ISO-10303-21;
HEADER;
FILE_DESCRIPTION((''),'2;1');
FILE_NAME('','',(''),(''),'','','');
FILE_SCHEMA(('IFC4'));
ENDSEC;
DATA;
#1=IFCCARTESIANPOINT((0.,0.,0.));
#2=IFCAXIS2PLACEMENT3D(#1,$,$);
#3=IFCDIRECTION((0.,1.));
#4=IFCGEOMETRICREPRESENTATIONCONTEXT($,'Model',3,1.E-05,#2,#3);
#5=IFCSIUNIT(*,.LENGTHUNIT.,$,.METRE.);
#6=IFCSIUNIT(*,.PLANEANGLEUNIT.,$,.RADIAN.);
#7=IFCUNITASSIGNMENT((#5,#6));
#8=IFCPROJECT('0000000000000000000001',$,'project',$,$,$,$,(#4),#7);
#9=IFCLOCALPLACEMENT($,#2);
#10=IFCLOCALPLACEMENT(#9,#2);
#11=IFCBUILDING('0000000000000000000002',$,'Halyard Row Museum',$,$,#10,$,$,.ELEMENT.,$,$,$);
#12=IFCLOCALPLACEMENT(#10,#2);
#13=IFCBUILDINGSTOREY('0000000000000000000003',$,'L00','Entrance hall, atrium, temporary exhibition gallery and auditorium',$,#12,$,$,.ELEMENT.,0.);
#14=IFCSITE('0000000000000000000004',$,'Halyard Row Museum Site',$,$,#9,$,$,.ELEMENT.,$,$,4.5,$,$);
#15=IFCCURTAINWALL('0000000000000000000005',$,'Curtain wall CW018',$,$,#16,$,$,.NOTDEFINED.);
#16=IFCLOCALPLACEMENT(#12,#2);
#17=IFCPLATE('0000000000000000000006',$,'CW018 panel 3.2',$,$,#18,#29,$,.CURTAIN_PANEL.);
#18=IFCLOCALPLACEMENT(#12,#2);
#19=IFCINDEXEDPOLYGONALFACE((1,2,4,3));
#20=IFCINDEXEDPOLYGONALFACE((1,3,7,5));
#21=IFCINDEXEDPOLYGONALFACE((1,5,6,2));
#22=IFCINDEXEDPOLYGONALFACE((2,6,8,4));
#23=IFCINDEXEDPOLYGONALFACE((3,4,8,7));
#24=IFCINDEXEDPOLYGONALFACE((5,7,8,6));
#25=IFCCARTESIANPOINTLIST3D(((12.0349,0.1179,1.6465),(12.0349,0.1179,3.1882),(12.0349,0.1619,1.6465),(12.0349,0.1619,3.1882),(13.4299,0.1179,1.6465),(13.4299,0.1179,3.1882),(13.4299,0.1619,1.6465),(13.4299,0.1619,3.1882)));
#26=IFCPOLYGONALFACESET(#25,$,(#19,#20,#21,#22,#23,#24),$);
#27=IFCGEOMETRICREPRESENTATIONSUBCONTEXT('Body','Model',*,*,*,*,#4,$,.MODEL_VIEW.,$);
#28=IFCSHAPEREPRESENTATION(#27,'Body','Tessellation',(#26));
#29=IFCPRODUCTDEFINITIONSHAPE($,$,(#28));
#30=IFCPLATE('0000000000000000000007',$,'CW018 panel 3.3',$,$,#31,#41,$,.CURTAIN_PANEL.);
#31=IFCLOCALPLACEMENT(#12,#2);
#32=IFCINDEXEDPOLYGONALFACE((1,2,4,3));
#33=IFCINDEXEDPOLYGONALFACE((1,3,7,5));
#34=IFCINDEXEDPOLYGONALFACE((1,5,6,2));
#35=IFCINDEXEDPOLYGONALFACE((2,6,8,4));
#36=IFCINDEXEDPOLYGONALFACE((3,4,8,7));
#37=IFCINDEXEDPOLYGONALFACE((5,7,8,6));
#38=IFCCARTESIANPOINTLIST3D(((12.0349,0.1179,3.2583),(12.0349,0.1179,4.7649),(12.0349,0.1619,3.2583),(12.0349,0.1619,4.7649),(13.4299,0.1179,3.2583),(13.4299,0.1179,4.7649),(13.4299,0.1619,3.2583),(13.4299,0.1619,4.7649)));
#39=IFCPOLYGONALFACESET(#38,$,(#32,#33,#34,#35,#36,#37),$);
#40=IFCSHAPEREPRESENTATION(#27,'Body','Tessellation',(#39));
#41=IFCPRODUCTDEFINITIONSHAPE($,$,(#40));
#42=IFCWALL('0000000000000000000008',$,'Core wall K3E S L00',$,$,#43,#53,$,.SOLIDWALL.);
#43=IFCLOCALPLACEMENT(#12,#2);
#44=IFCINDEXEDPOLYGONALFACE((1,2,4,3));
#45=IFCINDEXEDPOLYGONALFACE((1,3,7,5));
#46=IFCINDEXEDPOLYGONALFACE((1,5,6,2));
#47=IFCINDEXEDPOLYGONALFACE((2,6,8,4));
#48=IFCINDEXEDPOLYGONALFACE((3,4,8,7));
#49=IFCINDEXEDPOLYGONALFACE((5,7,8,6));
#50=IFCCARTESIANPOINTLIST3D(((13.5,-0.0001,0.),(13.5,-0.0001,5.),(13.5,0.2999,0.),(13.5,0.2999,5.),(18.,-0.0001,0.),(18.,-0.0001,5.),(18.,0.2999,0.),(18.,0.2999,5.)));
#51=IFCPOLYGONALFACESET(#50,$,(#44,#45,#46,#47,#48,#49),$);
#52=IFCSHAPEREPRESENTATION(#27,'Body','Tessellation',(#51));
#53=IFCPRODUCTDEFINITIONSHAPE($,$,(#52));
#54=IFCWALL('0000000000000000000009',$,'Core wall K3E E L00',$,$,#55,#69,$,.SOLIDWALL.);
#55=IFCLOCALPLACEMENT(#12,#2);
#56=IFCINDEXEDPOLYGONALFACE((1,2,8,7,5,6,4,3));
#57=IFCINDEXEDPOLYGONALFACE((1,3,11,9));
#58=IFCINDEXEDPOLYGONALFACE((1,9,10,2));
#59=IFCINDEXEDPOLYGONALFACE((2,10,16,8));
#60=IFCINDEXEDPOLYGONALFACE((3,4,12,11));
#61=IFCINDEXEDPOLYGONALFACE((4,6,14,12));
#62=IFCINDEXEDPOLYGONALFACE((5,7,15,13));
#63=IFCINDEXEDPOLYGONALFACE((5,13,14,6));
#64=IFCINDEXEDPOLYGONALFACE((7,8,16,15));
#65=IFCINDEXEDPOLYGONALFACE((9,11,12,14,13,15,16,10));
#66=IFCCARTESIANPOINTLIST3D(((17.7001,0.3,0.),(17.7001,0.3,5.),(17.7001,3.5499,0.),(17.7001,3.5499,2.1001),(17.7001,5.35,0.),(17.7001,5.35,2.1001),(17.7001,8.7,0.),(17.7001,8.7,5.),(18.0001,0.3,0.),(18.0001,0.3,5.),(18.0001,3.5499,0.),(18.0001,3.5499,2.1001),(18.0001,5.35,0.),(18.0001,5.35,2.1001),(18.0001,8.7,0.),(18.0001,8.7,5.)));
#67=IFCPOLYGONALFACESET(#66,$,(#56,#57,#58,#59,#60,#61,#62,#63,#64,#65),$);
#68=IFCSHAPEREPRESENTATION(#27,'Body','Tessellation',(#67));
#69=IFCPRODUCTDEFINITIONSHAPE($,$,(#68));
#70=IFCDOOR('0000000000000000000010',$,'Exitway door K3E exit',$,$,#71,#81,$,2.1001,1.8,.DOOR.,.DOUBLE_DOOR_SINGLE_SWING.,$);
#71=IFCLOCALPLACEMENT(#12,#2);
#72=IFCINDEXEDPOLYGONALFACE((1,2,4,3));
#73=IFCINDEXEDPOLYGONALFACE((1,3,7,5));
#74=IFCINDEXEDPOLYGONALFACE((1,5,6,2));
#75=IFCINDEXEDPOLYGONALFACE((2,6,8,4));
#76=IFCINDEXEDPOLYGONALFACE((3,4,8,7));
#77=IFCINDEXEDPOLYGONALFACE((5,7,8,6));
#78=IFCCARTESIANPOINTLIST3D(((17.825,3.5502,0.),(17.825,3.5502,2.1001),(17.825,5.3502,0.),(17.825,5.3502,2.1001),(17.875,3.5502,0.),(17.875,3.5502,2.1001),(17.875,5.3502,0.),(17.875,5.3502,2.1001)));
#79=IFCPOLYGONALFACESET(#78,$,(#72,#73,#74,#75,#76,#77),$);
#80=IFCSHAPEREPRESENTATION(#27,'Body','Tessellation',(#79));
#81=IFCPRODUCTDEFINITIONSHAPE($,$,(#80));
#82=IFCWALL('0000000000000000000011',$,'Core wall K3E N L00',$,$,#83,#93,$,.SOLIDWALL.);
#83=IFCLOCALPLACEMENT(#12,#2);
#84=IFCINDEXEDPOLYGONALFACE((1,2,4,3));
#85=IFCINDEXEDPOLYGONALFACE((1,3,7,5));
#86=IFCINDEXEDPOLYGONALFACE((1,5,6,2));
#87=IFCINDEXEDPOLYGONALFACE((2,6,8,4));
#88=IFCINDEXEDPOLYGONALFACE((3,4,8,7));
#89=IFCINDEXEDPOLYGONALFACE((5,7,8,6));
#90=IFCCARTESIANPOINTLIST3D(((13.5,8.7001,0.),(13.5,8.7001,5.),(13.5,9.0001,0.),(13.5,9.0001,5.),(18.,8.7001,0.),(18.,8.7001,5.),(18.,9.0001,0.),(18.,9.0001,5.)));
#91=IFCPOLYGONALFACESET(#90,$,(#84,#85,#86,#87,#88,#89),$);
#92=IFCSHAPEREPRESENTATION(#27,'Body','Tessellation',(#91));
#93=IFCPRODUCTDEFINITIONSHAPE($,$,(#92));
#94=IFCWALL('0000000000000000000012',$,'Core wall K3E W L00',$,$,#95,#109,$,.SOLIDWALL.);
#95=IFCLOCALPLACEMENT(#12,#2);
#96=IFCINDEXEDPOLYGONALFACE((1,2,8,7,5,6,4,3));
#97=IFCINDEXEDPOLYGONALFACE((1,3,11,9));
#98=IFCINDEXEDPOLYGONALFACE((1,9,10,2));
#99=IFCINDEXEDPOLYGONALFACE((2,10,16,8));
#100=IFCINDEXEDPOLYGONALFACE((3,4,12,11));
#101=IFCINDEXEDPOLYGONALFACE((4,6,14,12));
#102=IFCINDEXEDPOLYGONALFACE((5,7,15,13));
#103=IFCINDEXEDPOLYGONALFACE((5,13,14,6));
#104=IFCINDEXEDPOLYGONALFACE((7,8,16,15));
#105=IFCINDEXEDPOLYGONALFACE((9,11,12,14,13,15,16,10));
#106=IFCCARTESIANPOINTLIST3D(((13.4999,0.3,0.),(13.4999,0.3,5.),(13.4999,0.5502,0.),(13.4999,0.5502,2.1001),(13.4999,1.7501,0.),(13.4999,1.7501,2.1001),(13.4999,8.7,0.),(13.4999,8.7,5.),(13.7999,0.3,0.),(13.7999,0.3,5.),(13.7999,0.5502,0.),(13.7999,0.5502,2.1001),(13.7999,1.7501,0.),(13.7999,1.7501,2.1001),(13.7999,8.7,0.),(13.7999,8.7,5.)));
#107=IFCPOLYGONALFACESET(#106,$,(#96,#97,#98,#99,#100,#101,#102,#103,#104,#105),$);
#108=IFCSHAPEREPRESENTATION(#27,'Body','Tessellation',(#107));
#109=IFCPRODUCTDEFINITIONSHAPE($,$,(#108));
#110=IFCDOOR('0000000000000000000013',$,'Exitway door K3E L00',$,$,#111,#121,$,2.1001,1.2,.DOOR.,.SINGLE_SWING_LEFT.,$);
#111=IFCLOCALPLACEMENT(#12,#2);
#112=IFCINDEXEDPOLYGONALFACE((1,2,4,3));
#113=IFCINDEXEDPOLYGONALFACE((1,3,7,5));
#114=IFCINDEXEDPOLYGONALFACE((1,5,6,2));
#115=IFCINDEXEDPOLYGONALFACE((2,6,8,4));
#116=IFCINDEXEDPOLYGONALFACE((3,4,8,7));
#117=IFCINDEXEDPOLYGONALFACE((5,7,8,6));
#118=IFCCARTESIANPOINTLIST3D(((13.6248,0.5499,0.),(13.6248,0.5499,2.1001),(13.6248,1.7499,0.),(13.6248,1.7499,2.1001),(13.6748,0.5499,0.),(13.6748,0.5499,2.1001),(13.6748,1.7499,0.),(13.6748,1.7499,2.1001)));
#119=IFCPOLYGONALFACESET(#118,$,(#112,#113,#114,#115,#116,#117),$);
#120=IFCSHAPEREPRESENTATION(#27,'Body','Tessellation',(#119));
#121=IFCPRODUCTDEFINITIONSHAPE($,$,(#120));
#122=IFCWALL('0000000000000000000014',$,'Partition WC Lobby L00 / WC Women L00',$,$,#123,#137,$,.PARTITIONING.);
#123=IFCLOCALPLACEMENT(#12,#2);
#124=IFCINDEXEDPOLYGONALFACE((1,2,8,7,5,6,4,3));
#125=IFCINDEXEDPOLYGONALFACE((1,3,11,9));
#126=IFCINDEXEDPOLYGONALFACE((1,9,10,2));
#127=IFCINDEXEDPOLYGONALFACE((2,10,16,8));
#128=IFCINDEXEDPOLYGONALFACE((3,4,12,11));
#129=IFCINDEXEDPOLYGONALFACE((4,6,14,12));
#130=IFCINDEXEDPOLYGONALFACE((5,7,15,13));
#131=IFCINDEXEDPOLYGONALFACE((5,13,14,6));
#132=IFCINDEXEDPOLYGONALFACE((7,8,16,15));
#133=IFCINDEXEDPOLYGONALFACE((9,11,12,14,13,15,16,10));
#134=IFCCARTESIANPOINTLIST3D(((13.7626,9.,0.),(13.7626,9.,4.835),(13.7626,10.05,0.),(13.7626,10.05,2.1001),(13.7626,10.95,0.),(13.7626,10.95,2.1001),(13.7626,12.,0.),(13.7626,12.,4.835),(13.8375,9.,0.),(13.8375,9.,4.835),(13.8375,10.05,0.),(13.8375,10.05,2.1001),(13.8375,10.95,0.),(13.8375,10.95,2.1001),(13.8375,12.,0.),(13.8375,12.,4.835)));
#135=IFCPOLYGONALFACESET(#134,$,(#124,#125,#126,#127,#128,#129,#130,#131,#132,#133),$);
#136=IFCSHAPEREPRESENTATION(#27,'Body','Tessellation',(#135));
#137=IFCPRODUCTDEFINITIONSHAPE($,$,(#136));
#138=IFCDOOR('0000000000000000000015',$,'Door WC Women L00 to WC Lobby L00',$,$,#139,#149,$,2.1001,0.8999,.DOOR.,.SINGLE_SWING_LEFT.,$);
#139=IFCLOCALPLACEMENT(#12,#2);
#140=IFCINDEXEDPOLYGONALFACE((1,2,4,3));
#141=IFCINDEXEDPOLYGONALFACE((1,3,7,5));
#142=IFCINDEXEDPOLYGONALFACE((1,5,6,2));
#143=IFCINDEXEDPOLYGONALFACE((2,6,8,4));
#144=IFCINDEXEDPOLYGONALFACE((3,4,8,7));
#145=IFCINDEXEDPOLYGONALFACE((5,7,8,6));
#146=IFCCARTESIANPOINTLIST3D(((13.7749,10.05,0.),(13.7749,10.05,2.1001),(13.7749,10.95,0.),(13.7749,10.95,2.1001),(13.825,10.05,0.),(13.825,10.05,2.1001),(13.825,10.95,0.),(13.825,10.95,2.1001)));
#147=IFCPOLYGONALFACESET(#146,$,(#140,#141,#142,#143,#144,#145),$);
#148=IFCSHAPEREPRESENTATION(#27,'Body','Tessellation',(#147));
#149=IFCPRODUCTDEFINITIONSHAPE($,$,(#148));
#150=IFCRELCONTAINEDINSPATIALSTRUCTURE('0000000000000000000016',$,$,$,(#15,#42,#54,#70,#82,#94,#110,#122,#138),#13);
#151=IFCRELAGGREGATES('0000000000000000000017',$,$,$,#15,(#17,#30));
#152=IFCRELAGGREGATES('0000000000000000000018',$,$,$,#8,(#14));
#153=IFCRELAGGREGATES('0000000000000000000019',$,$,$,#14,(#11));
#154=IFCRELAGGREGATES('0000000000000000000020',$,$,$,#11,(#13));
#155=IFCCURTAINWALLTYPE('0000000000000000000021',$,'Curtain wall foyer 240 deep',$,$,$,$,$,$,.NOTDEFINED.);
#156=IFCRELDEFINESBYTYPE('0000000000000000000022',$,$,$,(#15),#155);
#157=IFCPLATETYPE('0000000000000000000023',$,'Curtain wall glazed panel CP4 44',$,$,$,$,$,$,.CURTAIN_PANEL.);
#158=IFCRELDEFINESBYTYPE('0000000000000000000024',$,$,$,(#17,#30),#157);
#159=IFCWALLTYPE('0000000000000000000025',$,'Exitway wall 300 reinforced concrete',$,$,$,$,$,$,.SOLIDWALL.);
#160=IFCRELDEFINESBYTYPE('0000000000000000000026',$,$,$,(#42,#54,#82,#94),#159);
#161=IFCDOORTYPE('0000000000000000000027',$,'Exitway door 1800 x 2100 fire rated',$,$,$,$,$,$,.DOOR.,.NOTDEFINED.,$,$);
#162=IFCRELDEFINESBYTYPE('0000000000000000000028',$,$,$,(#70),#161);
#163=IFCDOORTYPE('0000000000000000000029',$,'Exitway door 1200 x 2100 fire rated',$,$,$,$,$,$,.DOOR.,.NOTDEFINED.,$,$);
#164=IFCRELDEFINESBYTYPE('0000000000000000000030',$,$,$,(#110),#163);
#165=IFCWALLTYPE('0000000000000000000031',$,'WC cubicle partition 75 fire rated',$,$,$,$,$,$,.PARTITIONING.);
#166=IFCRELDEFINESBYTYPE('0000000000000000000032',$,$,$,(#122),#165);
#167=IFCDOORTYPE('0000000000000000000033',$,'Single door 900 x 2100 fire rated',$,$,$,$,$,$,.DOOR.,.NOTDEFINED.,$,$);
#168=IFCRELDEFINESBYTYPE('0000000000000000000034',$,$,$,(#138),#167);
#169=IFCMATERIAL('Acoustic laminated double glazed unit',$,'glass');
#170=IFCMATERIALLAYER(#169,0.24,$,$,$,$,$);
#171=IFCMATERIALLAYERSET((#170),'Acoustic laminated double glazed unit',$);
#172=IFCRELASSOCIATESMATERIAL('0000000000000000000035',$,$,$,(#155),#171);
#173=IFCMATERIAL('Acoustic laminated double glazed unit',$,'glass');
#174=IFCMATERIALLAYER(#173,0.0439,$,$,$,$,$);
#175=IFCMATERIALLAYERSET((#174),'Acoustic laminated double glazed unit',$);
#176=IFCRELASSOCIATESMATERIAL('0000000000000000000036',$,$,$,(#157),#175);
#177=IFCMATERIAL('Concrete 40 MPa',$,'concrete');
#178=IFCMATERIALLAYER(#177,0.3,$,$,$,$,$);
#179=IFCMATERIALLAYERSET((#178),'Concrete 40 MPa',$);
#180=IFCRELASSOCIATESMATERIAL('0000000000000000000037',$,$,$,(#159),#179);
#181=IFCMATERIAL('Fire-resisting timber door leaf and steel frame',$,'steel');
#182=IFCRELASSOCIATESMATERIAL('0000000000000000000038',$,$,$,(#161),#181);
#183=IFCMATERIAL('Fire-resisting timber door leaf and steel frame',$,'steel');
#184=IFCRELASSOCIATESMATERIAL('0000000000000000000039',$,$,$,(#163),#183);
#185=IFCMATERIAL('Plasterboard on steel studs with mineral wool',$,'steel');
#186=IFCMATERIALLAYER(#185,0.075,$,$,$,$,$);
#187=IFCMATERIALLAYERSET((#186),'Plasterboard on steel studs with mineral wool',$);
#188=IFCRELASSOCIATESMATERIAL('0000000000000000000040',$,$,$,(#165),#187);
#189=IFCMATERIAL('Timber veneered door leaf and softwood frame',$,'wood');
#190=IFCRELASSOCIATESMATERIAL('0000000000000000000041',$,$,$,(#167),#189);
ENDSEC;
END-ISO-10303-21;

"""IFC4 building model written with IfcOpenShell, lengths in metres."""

from ifc_helpers import new_model, si_unit, direction, frame, frame_2d, origin, origin_2d, place, context, subcontext, project, spatial, rectangle, extrude, material, layer, layer_set, type_object, element, fill, aggregate, save


model = new_model("IFC4")

# Units and contexts
model_context = context("Model", 3, precision=1e-05, world=origin(), true_north=direction((0.0, 1.0)))
body_context = subcontext(model_context, "Body", "Model", "MODEL_VIEW")
ifc_project = project(units=[si_unit("LENGTHUNIT", "METRE"), si_unit("PLANEANGLEUNIT", "RADIAN")], contexts=[model_context])

# Site, building, storey
site_placement = place(None, origin())
site = spatial("IfcSite", under=ifc_project, at=site_placement, Name="Halyard Row Museum Site", CompositionType="ELEMENT", RefElevation=4.5)
building_placement = place(site_placement, origin())
building = spatial("IfcBuilding", under=site, at=building_placement, Name="Halyard Row Museum", CompositionType="ELEMENT")
storey_placement = place(building_placement, origin())
storey = spatial("IfcBuildingStorey", under=building, at=storey_placement, Name="L00", Description="Entrance hall, atrium, temporary exhibition gallery and auditorium", CompositionType="ELEMENT", Elevation=0.0)

# Curtain wall
ifc_material_1 = material(Name="Acoustic laminated double glazed unit", Category="glass")
ifc_layer_1 = layer(ifc_material_1, 0.24)
ifc_layer_set_1 = layer_set([ifc_layer_1], Name="Acoustic laminated double glazed unit")
curtain_wall_type = type_object("IfcCurtainWallType", Name="Curtain wall foyer 240 deep", PredefinedType="NOTDEFINED", material=ifc_layer_set_1)
curtain_wall_1_placement = place(storey_placement, origin())
curtain_wall_1 = element("IfcCurtainWall", 1, at=curtain_wall_1_placement, inside=storey, type_object=curtain_wall_type, Name="Curtain wall CW018", PredefinedType="NOTDEFINED")

# Plates
ifc_material_2 = material(Name="Acoustic laminated double glazed unit", Category="glass")
ifc_layer_2 = layer(ifc_material_2, 0.0439)
ifc_layer_set_2 = layer_set([ifc_layer_2], Name="Acoustic laminated double glazed unit")
plate_type = type_object("IfcPlateType", Name="Curtain wall glazed panel CP4 44", PredefinedType="CURTAIN_PANEL", material=ifc_layer_set_2)
plate_1_placement = place(storey_placement, frame((12.7324, 0.1399, 1.6465), z_axis=(0.0, 0.0, 1.0), x_axis=(1.0, 0.0, 0.0)))
plate_1 = element("IfcPlate", 2, at=plate_1_placement, type_object=plate_type, Name="CW018 panel 3.2", PredefinedType="CURTAIN_PANEL", context=body_context, shape_type="SweptSolid", body=[
    extrude(rectangle(XDim=1.395, YDim=0.0439, at=origin_2d()), origin(), (0.0, 0.0, 1.0), 1.5417),
])
plate_2_placement = place(storey_placement, frame((12.7324, 0.1399, 3.2583), z_axis=(0.0, 0.0, 1.0), x_axis=(1.0, 0.0, 0.0)))
plate_2 = element("IfcPlate", 3, at=plate_2_placement, type_object=plate_type, Name="CW018 panel 3.3", PredefinedType="CURTAIN_PANEL", context=body_context, shape_type="SweptSolid", body=[
    extrude(rectangle(XDim=1.395, YDim=0.0439, at=origin_2d()), origin(), (0.0, 0.0, 1.0), 1.5066),
])
aggregate(curtain_wall_1, [plate_1, plate_2])

# Wall
ifc_material_3 = material(Name="Concrete 40 MPa", Category="concrete")
ifc_layer_3 = layer(ifc_material_3, 0.3)
ifc_layer_set_3 = layer_set([ifc_layer_3], Name="Concrete 40 MPa")
wall_type_1 = type_object("IfcWallType", Name="Exitway wall 300 reinforced concrete", PredefinedType="SOLIDWALL", material=ifc_layer_set_3)
wall_1_placement = place(storey_placement, frame((13.5, 0.1499, 0.0), z_axis=(0.0, 0.0, 1.0), x_axis=(1.0, 0.0, 0.0)))
element("IfcWall", 4, at=wall_1_placement, inside=storey, type_object=wall_type_1, Name="Core wall K3E S L00", PredefinedType="SOLIDWALL", context=body_context, shape_type="SweptSolid", body=[
    extrude(rectangle(XDim=4.5, YDim=0.3, at=frame_2d((2.25, 0.0))), origin(), (0.0, 0.0, 1.0), 5.0),
])

# Wall, opening, door
wall_2_placement = place(storey_placement, frame((17.8501, 0.3, 0.0), z_axis=(0.0, 0.0, 1.0), x_axis=(0.0, 1.0, 0.0)))
wall_2 = element("IfcWall", 5, at=wall_2_placement, inside=storey, type_object=wall_type_1, Name="Core wall K3E E L00", PredefinedType="SOLIDWALL", context=body_context, shape_type="SweptSolid", body=[
    extrude(rectangle(XDim=8.3999, YDim=0.3, at=frame_2d((4.2, 0.0))), origin(), (0.0, 0.0, 1.0), 5.0),
])
opening_1_placement = place(wall_2_placement, frame((3.25, 0.0, 0.0)))
opening_1 = element("IfcOpeningElement", 6, at=opening_1_placement, cuts=wall_2, PredefinedType="OPENING", context=body_context, shape_type="SweptSolid", body=[
    extrude(rectangle(XDim=1.8, YDim=2.1001, at=frame_2d((0.8999, 1.05))), frame((0.0, 0.1599, 0.0), z_axis=(0.0, -1.0, 0.0), x_axis=(1.0, 0.0, 0.0)), (0.0, 0.0, 1.0), 0.3201),
])
ifc_material_4 = material(Name="Fire-resisting timber door leaf and steel frame", Category="steel")
door_type_1 = type_object("IfcDoorType", Name="Exitway door 1800 x 2100 fire rated", OperationType="NOTDEFINED", PredefinedType="DOOR", material=ifc_material_4)
door_1_placement = place(opening_1_placement, frame((1.8, 0.0, 0.0), z_axis=(0.0, 0.0, 1.0), x_axis=(-1.0, 0.0, 0.0)))
door_1 = element("IfcDoor", 7, at=door_1_placement, inside=storey, type_object=door_type_1, Name="Exitway door K3E exit", OperationType="DOUBLE_DOOR_SINGLE_SWING", OverallHeight=2.1001, OverallWidth=1.8, PredefinedType="DOOR", context=body_context, shape_type="SweptSolid", body=[
    extrude(rectangle(XDim=1.8, YDim=2.1001, at=frame_2d((0.8999, 1.05))), frame((0.0, 0.0249, 0.0), z_axis=(0.0, -1.0, 0.0), x_axis=(1.0, 0.0, 0.0)), (0.0, 0.0, 1.0), 0.05),
])
fill(opening_1, door_1)

# Wall
wall_3_placement = place(storey_placement, frame((13.5, 8.8501, 0.0), z_axis=(0.0, 0.0, 1.0), x_axis=(1.0, 0.0, 0.0)))
element("IfcWall", 8, at=wall_3_placement, inside=storey, type_object=wall_type_1, Name="Core wall K3E N L00", PredefinedType="SOLIDWALL", context=body_context, shape_type="SweptSolid", body=[
    extrude(rectangle(XDim=4.5, YDim=0.3, at=frame_2d((2.25, 0.0))), origin(), (0.0, 0.0, 1.0), 5.0),
])

# Walls, openings, doors
wall_4_placement = place(storey_placement, frame((13.6499, 0.3, 0.0), z_axis=(0.0, 0.0, 1.0), x_axis=(0.0, 1.0, 0.0)))
wall_4 = element("IfcWall", 9, at=wall_4_placement, inside=storey, type_object=wall_type_1, Name="Core wall K3E W L00", PredefinedType="SOLIDWALL", context=body_context, shape_type="SweptSolid", body=[
    extrude(rectangle(XDim=8.3999, YDim=0.3, at=frame_2d((4.2, 0.0))), origin(), (0.0, 0.0, 1.0), 5.0),
])
opening_2_placement = place(wall_4_placement, frame((0.25, 0.0, 0.0)))
opening_2 = element("IfcOpeningElement", 10, at=opening_2_placement, cuts=wall_4, PredefinedType="OPENING", context=body_context, shape_type="SweptSolid", body=[
    extrude(rectangle(XDim=1.2, YDim=2.1001, at=frame_2d((0.6001, 1.05))), frame((0.0, 0.1599, 0.0), z_axis=(0.0, -1.0, 0.0), x_axis=(1.0, 0.0, 0.0)), (0.0, 0.0, 1.0), 0.3201),
])
ifc_material_5 = material(Name="Fire-resisting timber door leaf and steel frame", Category="steel")
door_type_2 = type_object("IfcDoorType", Name="Exitway door 1200 x 2100 fire rated", OperationType="NOTDEFINED", PredefinedType="DOOR", material=ifc_material_5)
door_2_placement = place(opening_2_placement, frame((1.2, 0.0, 0.0), z_axis=(0.0, 0.0, 1.0), x_axis=(-1.0, 0.0, 0.0)))
door_2 = element("IfcDoor", 11, at=door_2_placement, inside=storey, type_object=door_type_2, Name="Exitway door K3E L00", OperationType="SINGLE_SWING_LEFT", OverallHeight=2.1001, OverallWidth=1.2, PredefinedType="DOOR", context=body_context, shape_type="SweptSolid", body=[
    extrude(rectangle(XDim=1.2, YDim=2.1001, at=frame_2d((0.6001, 1.05))), frame((0.0, 0.0249, 0.0), z_axis=(0.0, -1.0, 0.0), x_axis=(1.0, 0.0, 0.0)), (0.0, 0.0, 1.0), 0.05),
])
fill(opening_2, door_2)
ifc_material_6 = material(Name="Plasterboard on steel studs with mineral wool", Category="steel")
ifc_layer_4 = layer(ifc_material_6, 0.075)
ifc_layer_set_4 = layer_set([ifc_layer_4], Name="Plasterboard on steel studs with mineral wool")
wall_type_2 = type_object("IfcWallType", Name="WC cubicle partition 75 fire rated", PredefinedType="PARTITIONING", material=ifc_layer_set_4)
wall_5_placement = place(storey_placement, frame((13.8, 9.0, 0.0), z_axis=(0.0, 0.0, 1.0), x_axis=(0.0, 1.0, 0.0)))
wall_5 = element("IfcWall", 12, at=wall_5_placement, inside=storey, type_object=wall_type_2, Name="Partition WC Lobby L00 / WC Women L00", PredefinedType="PARTITIONING", context=body_context, shape_type="SweptSolid", body=[
    extrude(rectangle(XDim=3.0, YDim=0.075, at=frame_2d((1.5, 0.0))), origin(), (0.0, 0.0, 1.0), 4.835),
])
opening_3_placement = place(wall_5_placement, frame((1.05, 0.0, 0.0)))
opening_3 = element("IfcOpeningElement", 13, at=opening_3_placement, cuts=wall_5, PredefinedType="OPENING", context=body_context, shape_type="SweptSolid", body=[
    extrude(rectangle(XDim=0.8999, YDim=2.1001, at=frame_2d((0.45, 1.05))), frame((0.0, 0.0474, 0.0), z_axis=(0.0, -1.0, 0.0), x_axis=(1.0, 0.0, 0.0)), (0.0, 0.0, 1.0), 0.095),
])
ifc_material_7 = material(Name="Timber veneered door leaf and softwood frame", Category="wood")
door_type_3 = type_object("IfcDoorType", Name="Single door 900 x 2100 fire rated", OperationType="NOTDEFINED", PredefinedType="DOOR", material=ifc_material_7)
door_3_placement = place(opening_3_placement, frame((0.8999, 0.0, 0.0), z_axis=(0.0, 0.0, 1.0), x_axis=(-1.0, 0.0, 0.0)))
door_3 = element("IfcDoor", 14, at=door_3_placement, inside=storey, type_object=door_type_3, Name="Door WC Women L00 to WC Lobby L00", OperationType="SINGLE_SWING_LEFT", OverallHeight=2.1001, OverallWidth=0.8999, PredefinedType="DOOR", context=body_context, shape_type="SweptSolid", body=[
    extrude(rectangle(XDim=0.8999, YDim=2.1001, at=frame_2d((0.45, 1.05))), frame((0.0, 0.0249, 0.0), z_axis=(0.0, -1.0, 0.0), x_axis=(1.0, 0.0, 0.0)), (0.0, 0.0, 1.0), 0.05),
])
fill(opening_3, door_3)

save(model, "model.ifc")
